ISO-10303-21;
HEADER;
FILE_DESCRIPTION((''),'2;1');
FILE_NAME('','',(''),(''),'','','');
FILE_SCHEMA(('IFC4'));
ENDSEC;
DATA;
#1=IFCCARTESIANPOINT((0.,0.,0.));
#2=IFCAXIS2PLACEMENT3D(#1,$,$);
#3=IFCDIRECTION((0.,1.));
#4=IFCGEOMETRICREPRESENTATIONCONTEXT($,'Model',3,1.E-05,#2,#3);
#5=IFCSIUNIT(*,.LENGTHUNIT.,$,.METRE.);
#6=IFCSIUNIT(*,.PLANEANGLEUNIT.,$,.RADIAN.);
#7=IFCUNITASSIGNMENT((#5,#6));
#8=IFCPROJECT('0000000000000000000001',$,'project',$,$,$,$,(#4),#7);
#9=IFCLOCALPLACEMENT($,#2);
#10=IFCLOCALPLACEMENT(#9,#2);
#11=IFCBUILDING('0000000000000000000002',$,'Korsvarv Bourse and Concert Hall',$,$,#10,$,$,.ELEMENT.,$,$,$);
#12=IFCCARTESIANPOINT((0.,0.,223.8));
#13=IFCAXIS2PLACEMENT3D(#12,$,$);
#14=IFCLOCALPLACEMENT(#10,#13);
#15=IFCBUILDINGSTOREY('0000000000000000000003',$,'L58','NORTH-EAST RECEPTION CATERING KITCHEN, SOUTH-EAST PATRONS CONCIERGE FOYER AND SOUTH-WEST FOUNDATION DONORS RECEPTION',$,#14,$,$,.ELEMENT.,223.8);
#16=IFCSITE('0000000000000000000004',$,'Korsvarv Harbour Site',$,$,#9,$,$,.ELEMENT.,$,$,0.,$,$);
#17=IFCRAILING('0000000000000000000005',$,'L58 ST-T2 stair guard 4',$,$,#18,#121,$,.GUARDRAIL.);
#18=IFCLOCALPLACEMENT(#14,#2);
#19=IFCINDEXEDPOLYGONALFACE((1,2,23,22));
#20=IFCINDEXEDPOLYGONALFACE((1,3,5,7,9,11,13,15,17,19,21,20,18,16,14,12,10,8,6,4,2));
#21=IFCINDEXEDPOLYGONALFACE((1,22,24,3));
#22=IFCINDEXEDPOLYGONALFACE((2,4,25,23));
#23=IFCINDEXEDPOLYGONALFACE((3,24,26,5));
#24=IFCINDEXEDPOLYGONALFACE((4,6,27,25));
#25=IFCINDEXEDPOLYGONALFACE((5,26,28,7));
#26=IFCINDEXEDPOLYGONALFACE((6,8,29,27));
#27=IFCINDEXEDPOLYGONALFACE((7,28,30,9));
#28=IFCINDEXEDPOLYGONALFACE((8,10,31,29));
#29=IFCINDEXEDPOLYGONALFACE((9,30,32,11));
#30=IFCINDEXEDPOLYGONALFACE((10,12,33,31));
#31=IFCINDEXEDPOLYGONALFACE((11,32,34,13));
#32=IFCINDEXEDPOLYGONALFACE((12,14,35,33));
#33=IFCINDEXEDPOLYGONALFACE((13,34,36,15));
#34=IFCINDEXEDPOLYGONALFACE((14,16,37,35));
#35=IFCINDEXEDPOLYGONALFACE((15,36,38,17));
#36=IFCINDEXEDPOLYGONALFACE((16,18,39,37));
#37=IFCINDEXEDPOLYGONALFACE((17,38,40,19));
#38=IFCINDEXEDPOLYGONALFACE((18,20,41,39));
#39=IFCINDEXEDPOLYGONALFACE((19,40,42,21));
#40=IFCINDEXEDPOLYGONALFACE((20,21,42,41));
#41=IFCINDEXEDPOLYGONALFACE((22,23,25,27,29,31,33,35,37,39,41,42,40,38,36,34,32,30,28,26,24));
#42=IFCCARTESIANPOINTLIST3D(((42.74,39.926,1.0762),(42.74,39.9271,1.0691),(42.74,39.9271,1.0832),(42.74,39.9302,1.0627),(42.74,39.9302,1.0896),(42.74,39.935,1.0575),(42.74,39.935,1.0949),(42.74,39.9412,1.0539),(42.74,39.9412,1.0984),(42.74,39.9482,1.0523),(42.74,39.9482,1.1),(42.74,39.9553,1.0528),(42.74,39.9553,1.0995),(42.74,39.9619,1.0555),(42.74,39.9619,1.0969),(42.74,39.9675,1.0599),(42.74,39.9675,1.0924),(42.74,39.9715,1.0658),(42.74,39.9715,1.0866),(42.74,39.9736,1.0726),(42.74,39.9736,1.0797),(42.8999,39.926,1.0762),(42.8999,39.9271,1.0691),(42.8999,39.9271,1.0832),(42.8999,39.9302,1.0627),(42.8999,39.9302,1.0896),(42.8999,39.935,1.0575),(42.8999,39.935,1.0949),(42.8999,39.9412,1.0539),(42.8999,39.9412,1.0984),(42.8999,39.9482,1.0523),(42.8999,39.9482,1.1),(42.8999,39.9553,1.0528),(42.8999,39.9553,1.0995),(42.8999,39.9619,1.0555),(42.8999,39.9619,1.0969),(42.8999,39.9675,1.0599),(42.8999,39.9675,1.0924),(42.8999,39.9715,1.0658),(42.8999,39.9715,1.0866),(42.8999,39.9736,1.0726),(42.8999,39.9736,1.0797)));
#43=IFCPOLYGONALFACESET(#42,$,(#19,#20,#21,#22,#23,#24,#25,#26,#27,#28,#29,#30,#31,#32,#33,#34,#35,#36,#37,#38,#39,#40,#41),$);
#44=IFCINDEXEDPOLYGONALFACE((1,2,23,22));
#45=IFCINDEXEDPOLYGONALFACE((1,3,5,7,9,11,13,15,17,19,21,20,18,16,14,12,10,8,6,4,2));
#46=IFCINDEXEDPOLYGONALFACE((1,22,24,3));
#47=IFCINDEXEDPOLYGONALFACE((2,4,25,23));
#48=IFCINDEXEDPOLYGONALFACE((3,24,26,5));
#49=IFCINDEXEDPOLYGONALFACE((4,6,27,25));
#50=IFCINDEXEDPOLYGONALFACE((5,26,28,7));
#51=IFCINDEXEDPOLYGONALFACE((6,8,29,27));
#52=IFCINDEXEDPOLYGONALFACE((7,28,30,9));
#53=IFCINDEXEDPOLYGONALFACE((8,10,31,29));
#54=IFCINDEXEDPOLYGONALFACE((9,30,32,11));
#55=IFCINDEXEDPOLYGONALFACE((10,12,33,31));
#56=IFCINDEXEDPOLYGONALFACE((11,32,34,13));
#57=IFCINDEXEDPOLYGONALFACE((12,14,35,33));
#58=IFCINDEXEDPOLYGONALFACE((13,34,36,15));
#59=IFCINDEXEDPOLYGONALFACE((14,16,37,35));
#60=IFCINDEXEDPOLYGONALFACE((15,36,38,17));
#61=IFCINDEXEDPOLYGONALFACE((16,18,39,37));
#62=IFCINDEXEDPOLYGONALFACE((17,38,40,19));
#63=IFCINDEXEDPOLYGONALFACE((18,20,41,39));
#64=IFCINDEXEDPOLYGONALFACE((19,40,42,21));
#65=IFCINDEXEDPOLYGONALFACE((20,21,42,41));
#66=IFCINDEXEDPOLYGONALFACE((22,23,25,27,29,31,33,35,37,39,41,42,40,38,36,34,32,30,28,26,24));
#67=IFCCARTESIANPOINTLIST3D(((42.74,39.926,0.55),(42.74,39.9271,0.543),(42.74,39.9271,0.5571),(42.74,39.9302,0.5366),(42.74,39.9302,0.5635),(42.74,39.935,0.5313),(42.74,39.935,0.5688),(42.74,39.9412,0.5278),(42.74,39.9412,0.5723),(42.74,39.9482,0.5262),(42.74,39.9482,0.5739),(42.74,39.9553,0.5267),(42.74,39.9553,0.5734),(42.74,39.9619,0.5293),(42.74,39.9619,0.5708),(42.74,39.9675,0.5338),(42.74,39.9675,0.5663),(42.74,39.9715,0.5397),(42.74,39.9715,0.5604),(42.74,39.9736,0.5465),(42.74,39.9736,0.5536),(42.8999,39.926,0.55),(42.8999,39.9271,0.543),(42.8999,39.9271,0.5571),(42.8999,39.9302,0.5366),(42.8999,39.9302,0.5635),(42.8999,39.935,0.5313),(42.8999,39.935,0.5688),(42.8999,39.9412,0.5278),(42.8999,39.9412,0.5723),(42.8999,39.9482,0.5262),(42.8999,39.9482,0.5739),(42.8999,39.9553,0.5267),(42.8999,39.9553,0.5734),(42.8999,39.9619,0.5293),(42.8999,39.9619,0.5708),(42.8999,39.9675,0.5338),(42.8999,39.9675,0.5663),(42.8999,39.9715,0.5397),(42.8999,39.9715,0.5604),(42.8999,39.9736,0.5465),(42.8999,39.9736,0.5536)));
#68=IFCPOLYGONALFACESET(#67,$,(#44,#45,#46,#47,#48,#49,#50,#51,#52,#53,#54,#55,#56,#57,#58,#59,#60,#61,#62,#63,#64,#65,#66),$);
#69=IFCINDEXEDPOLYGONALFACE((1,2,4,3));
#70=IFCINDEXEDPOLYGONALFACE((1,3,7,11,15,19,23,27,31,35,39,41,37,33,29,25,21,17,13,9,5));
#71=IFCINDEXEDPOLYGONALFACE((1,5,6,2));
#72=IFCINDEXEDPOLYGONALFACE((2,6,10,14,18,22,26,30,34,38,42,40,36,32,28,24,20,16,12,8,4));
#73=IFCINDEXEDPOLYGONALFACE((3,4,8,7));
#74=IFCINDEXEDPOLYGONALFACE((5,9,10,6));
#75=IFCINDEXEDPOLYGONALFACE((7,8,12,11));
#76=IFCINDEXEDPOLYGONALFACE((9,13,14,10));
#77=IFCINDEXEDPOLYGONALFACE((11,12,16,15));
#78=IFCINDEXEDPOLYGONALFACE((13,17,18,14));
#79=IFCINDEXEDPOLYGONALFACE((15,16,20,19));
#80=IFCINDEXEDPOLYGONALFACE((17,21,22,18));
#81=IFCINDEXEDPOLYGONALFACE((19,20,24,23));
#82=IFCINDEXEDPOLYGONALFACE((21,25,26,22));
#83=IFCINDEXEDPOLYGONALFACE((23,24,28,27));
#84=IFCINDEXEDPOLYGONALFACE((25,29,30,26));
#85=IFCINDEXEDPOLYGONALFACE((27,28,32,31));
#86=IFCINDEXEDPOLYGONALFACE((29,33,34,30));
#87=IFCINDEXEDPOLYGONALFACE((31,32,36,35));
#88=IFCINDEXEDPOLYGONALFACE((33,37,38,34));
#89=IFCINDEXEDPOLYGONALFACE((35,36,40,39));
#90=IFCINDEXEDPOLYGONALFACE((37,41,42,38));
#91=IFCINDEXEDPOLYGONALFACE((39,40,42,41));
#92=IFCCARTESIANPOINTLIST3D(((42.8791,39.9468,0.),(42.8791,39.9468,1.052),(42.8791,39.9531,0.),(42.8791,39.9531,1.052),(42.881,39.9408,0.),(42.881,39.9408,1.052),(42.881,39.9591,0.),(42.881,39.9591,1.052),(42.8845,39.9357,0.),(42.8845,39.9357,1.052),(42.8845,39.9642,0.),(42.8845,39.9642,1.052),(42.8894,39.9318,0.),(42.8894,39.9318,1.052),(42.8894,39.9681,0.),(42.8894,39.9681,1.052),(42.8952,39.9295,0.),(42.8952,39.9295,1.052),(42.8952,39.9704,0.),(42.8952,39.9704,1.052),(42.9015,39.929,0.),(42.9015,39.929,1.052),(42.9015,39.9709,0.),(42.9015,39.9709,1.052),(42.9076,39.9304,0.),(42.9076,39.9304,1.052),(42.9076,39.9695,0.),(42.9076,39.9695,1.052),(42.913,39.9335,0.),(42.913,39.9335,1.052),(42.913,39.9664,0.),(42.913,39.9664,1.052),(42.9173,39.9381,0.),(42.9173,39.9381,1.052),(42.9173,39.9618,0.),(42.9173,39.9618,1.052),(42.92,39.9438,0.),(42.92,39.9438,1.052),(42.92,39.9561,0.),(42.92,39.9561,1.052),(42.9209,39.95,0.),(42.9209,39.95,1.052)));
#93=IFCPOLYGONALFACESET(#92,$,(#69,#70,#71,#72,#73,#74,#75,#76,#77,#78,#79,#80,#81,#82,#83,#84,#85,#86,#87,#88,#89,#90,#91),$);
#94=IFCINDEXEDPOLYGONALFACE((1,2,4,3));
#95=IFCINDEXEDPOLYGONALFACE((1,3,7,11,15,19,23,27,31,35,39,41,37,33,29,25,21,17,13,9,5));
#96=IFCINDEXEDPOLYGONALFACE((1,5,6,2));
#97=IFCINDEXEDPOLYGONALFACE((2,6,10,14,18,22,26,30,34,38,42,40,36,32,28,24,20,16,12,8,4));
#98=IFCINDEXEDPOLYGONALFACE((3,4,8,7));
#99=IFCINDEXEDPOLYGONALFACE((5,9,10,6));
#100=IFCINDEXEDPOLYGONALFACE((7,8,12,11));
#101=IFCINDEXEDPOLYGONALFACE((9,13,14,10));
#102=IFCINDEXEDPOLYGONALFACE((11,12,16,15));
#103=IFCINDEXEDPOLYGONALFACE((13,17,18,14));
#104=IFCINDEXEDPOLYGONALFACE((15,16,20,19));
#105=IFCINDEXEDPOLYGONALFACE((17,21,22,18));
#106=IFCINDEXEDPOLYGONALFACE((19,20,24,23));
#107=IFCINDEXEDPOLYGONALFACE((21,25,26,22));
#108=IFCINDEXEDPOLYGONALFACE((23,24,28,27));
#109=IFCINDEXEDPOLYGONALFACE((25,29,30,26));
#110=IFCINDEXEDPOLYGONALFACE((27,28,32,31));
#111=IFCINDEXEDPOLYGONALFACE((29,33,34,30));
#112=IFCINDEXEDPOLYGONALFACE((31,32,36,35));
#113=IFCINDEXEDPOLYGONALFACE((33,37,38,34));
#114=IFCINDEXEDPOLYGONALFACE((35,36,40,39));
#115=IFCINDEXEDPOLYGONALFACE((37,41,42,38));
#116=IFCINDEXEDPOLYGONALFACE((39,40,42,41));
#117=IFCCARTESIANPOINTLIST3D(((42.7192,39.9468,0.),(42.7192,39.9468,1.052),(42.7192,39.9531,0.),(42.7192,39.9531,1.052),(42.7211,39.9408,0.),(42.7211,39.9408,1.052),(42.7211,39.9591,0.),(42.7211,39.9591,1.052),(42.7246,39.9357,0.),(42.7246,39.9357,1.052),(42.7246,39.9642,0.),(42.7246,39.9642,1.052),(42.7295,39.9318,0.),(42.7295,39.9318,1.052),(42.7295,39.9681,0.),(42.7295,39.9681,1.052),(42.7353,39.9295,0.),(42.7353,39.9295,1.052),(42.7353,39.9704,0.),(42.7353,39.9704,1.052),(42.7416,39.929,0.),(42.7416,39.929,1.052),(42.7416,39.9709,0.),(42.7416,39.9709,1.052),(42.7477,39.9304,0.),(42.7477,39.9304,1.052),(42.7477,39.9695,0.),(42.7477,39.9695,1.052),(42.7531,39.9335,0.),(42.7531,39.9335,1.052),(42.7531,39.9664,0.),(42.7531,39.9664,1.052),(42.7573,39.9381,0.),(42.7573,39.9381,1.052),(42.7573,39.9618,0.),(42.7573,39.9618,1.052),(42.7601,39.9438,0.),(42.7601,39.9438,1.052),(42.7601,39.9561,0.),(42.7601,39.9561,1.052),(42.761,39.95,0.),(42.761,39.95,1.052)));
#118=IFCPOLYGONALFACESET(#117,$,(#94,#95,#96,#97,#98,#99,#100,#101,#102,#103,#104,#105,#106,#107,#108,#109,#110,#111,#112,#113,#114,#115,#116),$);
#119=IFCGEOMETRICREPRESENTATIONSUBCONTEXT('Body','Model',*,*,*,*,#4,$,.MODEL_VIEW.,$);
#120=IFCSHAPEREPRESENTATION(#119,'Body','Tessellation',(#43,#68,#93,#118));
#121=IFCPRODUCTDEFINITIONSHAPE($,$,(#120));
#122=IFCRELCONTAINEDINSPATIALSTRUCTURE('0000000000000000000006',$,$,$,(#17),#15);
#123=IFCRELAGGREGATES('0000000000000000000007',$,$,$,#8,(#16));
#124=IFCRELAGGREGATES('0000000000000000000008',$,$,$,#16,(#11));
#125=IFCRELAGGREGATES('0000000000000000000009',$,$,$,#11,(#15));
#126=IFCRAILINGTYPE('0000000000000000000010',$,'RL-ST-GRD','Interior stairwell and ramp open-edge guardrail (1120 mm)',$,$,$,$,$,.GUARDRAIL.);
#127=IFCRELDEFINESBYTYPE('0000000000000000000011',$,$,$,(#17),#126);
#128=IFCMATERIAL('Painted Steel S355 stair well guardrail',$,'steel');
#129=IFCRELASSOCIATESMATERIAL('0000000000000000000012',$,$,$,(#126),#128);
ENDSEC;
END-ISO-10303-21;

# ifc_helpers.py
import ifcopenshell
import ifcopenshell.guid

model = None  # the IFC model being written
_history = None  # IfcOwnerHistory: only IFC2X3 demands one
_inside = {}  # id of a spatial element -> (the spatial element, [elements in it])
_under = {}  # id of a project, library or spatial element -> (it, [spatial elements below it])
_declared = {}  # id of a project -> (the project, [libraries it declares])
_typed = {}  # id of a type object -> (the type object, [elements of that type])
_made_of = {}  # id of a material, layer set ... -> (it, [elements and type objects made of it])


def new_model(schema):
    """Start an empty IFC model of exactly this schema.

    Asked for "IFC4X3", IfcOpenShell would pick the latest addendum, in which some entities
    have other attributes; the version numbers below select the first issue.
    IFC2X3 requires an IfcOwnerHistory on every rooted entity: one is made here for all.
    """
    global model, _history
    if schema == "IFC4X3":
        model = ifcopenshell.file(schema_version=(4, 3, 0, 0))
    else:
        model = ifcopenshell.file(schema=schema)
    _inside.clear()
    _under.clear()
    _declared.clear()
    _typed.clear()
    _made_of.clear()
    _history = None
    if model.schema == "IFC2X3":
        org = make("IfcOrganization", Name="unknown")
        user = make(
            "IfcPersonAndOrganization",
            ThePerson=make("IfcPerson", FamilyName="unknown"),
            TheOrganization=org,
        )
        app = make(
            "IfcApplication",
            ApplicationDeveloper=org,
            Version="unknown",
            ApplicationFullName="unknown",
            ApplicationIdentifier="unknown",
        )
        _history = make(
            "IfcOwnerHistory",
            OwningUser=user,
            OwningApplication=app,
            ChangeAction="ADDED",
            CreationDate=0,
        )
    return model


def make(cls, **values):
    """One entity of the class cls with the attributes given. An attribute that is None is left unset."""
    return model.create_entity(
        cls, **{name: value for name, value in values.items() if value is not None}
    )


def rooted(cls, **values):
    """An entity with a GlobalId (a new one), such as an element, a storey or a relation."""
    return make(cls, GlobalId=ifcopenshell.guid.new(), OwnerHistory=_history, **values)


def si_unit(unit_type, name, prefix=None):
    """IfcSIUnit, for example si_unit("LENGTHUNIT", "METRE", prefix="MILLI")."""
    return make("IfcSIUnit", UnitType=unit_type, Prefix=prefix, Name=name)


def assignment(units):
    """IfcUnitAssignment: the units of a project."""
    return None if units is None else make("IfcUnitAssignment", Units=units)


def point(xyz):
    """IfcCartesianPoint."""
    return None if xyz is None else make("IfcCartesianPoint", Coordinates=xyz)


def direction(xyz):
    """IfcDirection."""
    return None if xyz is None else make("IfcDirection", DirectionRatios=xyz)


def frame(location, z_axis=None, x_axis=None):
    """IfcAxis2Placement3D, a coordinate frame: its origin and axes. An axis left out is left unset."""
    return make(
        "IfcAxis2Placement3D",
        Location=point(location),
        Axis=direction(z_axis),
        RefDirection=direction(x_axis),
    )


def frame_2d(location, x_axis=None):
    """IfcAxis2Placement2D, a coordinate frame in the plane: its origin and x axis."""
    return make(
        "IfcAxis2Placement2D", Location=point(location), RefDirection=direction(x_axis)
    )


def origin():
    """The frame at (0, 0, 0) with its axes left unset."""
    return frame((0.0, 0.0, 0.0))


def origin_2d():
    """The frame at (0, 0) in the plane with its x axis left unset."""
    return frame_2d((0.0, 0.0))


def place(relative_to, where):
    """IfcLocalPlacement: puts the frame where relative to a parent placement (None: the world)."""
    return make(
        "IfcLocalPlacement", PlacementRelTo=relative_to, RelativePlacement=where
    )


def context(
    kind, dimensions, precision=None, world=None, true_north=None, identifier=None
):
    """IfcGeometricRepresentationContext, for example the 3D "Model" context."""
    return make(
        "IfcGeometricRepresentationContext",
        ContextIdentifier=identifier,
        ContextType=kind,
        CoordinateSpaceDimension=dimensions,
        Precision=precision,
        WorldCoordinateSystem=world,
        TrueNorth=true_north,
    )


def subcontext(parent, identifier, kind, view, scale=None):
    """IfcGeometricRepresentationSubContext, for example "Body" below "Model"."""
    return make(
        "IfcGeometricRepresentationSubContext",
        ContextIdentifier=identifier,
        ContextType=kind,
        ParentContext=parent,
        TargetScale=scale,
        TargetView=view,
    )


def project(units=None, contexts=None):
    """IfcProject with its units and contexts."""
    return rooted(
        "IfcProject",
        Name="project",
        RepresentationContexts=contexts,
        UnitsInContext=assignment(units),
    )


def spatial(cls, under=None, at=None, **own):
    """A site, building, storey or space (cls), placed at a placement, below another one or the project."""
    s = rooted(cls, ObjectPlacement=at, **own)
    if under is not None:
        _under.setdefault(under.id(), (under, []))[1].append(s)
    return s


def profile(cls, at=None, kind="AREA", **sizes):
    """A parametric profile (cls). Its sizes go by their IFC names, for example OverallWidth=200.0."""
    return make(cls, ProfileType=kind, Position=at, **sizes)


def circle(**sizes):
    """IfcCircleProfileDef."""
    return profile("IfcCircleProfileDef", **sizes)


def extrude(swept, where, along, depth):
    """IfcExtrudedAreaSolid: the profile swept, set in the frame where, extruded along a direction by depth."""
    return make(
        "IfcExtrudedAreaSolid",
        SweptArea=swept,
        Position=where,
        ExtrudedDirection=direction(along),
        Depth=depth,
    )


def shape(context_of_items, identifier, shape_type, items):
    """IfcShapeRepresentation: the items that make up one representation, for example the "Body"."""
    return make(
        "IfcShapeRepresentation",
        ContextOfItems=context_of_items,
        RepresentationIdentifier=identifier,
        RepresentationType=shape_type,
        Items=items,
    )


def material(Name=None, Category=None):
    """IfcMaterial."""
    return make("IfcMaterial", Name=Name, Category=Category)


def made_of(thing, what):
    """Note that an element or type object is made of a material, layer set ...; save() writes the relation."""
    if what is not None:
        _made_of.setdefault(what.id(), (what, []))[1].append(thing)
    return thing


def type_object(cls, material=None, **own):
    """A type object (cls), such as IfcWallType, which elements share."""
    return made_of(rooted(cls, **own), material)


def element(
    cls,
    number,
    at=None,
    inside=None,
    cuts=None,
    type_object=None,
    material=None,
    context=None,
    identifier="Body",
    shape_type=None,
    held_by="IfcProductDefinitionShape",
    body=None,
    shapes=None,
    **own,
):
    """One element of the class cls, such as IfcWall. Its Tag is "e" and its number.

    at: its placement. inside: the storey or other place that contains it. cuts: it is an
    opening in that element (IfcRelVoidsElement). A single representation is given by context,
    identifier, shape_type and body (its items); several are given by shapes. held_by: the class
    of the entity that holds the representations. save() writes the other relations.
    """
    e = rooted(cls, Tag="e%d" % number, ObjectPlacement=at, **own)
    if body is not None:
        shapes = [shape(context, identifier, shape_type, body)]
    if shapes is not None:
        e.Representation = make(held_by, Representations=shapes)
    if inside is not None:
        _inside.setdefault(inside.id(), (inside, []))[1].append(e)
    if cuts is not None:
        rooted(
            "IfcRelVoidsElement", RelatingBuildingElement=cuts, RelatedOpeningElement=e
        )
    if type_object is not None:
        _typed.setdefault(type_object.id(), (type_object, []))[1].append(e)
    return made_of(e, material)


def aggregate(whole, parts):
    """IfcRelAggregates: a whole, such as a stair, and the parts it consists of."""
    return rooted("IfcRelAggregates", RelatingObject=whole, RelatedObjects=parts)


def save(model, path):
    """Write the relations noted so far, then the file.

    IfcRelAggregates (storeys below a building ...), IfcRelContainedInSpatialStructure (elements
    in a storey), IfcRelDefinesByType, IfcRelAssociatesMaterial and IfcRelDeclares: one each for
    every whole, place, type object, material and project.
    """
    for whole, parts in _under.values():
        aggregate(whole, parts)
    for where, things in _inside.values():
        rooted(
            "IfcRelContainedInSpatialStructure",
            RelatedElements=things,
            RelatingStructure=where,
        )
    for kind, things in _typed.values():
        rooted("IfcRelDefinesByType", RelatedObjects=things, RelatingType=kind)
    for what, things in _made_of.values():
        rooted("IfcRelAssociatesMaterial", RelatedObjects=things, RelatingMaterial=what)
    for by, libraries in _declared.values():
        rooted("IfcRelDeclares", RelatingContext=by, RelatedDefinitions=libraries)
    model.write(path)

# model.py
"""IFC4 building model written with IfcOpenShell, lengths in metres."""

from ifc_helpers import new_model, si_unit, direction, frame, origin, origin_2d, place, context, subcontext, project, spatial, circle, extrude, material, type_object, element, save


model = new_model("IFC4")

# Units and contexts
model_context = context("Model", 3, precision=1e-05, world=origin(), true_north=direction((0.0, 1.0)))
body_context = subcontext(model_context, "Body", "Model", "MODEL_VIEW")
ifc_project = project(units=[si_unit("LENGTHUNIT", "METRE"), si_unit("PLANEANGLEUNIT", "RADIAN")], contexts=[model_context])

# Site, building, storey
site_placement = place(None, origin())
site = spatial("IfcSite", under=ifc_project, at=site_placement, Name="Korsvarv Harbour Site", CompositionType="ELEMENT", RefElevation=0.0)
building_placement = place(site_placement, origin())
building = spatial("IfcBuilding", under=site, at=building_placement, Name="Korsvarv Bourse and Concert Hall", CompositionType="ELEMENT")
storey_placement = place(building_placement, frame((0.0, 0.0, 223.8)))
storey = spatial("IfcBuildingStorey", under=building, at=storey_placement, Name="L58", Description="NORTH-EAST RECEPTION CATERING KITCHEN, SOUTH-EAST PATRONS CONCIERGE FOYER AND SOUTH-WEST FOUNDATION DONORS RECEPTION", CompositionType="ELEMENT", Elevation=223.8)

# Railing
ifc_material_1 = material(Name="Painted Steel S355 stair well guardrail", Category="steel")
railing_type_1 = type_object("IfcRailingType", Name="RL-ST-GRD", Description="Interior stairwell and ramp open-edge guardrail (1120 mm)", PredefinedType="GUARDRAIL", material=ifc_material_1)
railing_1_placement = place(storey_placement, frame((42.8999, 39.95, 0.0)))
element("IfcRailing", 1, at=railing_1_placement, inside=storey, type_object=railing_type_1, Name="L58 ST-T2 stair guard 4", PredefinedType="GUARDRAIL", context=body_context, shape_type="SweptSolid", body=[
    extrude(circle(Radius=0.0239, at=origin_2d()), frame((0.0, 0.0, 1.0762), z_axis=(-1.0, 0.0, 0.0), x_axis=(0.0, -1.0, 0.0)), (0.0, 0.0, 1.0), 0.1599),
    extrude(circle(Radius=0.0239, at=origin_2d()), frame((0.0, 0.0, 0.55), z_axis=(-1.0, 0.0, 0.0), x_axis=(0.0, -1.0, 0.0)), (0.0, 0.0, 1.0), 0.1599),
    extrude(circle(Radius=0.021, at=origin_2d()), origin(), (0.0, 0.0, 1.0), 1.052),
    extrude(circle(Radius=0.021, at=origin_2d()), frame((-0.1599, 0.0, 0.0)), (0.0, 0.0, 1.0), 1.052),
])

save(model, "model.ifc")
